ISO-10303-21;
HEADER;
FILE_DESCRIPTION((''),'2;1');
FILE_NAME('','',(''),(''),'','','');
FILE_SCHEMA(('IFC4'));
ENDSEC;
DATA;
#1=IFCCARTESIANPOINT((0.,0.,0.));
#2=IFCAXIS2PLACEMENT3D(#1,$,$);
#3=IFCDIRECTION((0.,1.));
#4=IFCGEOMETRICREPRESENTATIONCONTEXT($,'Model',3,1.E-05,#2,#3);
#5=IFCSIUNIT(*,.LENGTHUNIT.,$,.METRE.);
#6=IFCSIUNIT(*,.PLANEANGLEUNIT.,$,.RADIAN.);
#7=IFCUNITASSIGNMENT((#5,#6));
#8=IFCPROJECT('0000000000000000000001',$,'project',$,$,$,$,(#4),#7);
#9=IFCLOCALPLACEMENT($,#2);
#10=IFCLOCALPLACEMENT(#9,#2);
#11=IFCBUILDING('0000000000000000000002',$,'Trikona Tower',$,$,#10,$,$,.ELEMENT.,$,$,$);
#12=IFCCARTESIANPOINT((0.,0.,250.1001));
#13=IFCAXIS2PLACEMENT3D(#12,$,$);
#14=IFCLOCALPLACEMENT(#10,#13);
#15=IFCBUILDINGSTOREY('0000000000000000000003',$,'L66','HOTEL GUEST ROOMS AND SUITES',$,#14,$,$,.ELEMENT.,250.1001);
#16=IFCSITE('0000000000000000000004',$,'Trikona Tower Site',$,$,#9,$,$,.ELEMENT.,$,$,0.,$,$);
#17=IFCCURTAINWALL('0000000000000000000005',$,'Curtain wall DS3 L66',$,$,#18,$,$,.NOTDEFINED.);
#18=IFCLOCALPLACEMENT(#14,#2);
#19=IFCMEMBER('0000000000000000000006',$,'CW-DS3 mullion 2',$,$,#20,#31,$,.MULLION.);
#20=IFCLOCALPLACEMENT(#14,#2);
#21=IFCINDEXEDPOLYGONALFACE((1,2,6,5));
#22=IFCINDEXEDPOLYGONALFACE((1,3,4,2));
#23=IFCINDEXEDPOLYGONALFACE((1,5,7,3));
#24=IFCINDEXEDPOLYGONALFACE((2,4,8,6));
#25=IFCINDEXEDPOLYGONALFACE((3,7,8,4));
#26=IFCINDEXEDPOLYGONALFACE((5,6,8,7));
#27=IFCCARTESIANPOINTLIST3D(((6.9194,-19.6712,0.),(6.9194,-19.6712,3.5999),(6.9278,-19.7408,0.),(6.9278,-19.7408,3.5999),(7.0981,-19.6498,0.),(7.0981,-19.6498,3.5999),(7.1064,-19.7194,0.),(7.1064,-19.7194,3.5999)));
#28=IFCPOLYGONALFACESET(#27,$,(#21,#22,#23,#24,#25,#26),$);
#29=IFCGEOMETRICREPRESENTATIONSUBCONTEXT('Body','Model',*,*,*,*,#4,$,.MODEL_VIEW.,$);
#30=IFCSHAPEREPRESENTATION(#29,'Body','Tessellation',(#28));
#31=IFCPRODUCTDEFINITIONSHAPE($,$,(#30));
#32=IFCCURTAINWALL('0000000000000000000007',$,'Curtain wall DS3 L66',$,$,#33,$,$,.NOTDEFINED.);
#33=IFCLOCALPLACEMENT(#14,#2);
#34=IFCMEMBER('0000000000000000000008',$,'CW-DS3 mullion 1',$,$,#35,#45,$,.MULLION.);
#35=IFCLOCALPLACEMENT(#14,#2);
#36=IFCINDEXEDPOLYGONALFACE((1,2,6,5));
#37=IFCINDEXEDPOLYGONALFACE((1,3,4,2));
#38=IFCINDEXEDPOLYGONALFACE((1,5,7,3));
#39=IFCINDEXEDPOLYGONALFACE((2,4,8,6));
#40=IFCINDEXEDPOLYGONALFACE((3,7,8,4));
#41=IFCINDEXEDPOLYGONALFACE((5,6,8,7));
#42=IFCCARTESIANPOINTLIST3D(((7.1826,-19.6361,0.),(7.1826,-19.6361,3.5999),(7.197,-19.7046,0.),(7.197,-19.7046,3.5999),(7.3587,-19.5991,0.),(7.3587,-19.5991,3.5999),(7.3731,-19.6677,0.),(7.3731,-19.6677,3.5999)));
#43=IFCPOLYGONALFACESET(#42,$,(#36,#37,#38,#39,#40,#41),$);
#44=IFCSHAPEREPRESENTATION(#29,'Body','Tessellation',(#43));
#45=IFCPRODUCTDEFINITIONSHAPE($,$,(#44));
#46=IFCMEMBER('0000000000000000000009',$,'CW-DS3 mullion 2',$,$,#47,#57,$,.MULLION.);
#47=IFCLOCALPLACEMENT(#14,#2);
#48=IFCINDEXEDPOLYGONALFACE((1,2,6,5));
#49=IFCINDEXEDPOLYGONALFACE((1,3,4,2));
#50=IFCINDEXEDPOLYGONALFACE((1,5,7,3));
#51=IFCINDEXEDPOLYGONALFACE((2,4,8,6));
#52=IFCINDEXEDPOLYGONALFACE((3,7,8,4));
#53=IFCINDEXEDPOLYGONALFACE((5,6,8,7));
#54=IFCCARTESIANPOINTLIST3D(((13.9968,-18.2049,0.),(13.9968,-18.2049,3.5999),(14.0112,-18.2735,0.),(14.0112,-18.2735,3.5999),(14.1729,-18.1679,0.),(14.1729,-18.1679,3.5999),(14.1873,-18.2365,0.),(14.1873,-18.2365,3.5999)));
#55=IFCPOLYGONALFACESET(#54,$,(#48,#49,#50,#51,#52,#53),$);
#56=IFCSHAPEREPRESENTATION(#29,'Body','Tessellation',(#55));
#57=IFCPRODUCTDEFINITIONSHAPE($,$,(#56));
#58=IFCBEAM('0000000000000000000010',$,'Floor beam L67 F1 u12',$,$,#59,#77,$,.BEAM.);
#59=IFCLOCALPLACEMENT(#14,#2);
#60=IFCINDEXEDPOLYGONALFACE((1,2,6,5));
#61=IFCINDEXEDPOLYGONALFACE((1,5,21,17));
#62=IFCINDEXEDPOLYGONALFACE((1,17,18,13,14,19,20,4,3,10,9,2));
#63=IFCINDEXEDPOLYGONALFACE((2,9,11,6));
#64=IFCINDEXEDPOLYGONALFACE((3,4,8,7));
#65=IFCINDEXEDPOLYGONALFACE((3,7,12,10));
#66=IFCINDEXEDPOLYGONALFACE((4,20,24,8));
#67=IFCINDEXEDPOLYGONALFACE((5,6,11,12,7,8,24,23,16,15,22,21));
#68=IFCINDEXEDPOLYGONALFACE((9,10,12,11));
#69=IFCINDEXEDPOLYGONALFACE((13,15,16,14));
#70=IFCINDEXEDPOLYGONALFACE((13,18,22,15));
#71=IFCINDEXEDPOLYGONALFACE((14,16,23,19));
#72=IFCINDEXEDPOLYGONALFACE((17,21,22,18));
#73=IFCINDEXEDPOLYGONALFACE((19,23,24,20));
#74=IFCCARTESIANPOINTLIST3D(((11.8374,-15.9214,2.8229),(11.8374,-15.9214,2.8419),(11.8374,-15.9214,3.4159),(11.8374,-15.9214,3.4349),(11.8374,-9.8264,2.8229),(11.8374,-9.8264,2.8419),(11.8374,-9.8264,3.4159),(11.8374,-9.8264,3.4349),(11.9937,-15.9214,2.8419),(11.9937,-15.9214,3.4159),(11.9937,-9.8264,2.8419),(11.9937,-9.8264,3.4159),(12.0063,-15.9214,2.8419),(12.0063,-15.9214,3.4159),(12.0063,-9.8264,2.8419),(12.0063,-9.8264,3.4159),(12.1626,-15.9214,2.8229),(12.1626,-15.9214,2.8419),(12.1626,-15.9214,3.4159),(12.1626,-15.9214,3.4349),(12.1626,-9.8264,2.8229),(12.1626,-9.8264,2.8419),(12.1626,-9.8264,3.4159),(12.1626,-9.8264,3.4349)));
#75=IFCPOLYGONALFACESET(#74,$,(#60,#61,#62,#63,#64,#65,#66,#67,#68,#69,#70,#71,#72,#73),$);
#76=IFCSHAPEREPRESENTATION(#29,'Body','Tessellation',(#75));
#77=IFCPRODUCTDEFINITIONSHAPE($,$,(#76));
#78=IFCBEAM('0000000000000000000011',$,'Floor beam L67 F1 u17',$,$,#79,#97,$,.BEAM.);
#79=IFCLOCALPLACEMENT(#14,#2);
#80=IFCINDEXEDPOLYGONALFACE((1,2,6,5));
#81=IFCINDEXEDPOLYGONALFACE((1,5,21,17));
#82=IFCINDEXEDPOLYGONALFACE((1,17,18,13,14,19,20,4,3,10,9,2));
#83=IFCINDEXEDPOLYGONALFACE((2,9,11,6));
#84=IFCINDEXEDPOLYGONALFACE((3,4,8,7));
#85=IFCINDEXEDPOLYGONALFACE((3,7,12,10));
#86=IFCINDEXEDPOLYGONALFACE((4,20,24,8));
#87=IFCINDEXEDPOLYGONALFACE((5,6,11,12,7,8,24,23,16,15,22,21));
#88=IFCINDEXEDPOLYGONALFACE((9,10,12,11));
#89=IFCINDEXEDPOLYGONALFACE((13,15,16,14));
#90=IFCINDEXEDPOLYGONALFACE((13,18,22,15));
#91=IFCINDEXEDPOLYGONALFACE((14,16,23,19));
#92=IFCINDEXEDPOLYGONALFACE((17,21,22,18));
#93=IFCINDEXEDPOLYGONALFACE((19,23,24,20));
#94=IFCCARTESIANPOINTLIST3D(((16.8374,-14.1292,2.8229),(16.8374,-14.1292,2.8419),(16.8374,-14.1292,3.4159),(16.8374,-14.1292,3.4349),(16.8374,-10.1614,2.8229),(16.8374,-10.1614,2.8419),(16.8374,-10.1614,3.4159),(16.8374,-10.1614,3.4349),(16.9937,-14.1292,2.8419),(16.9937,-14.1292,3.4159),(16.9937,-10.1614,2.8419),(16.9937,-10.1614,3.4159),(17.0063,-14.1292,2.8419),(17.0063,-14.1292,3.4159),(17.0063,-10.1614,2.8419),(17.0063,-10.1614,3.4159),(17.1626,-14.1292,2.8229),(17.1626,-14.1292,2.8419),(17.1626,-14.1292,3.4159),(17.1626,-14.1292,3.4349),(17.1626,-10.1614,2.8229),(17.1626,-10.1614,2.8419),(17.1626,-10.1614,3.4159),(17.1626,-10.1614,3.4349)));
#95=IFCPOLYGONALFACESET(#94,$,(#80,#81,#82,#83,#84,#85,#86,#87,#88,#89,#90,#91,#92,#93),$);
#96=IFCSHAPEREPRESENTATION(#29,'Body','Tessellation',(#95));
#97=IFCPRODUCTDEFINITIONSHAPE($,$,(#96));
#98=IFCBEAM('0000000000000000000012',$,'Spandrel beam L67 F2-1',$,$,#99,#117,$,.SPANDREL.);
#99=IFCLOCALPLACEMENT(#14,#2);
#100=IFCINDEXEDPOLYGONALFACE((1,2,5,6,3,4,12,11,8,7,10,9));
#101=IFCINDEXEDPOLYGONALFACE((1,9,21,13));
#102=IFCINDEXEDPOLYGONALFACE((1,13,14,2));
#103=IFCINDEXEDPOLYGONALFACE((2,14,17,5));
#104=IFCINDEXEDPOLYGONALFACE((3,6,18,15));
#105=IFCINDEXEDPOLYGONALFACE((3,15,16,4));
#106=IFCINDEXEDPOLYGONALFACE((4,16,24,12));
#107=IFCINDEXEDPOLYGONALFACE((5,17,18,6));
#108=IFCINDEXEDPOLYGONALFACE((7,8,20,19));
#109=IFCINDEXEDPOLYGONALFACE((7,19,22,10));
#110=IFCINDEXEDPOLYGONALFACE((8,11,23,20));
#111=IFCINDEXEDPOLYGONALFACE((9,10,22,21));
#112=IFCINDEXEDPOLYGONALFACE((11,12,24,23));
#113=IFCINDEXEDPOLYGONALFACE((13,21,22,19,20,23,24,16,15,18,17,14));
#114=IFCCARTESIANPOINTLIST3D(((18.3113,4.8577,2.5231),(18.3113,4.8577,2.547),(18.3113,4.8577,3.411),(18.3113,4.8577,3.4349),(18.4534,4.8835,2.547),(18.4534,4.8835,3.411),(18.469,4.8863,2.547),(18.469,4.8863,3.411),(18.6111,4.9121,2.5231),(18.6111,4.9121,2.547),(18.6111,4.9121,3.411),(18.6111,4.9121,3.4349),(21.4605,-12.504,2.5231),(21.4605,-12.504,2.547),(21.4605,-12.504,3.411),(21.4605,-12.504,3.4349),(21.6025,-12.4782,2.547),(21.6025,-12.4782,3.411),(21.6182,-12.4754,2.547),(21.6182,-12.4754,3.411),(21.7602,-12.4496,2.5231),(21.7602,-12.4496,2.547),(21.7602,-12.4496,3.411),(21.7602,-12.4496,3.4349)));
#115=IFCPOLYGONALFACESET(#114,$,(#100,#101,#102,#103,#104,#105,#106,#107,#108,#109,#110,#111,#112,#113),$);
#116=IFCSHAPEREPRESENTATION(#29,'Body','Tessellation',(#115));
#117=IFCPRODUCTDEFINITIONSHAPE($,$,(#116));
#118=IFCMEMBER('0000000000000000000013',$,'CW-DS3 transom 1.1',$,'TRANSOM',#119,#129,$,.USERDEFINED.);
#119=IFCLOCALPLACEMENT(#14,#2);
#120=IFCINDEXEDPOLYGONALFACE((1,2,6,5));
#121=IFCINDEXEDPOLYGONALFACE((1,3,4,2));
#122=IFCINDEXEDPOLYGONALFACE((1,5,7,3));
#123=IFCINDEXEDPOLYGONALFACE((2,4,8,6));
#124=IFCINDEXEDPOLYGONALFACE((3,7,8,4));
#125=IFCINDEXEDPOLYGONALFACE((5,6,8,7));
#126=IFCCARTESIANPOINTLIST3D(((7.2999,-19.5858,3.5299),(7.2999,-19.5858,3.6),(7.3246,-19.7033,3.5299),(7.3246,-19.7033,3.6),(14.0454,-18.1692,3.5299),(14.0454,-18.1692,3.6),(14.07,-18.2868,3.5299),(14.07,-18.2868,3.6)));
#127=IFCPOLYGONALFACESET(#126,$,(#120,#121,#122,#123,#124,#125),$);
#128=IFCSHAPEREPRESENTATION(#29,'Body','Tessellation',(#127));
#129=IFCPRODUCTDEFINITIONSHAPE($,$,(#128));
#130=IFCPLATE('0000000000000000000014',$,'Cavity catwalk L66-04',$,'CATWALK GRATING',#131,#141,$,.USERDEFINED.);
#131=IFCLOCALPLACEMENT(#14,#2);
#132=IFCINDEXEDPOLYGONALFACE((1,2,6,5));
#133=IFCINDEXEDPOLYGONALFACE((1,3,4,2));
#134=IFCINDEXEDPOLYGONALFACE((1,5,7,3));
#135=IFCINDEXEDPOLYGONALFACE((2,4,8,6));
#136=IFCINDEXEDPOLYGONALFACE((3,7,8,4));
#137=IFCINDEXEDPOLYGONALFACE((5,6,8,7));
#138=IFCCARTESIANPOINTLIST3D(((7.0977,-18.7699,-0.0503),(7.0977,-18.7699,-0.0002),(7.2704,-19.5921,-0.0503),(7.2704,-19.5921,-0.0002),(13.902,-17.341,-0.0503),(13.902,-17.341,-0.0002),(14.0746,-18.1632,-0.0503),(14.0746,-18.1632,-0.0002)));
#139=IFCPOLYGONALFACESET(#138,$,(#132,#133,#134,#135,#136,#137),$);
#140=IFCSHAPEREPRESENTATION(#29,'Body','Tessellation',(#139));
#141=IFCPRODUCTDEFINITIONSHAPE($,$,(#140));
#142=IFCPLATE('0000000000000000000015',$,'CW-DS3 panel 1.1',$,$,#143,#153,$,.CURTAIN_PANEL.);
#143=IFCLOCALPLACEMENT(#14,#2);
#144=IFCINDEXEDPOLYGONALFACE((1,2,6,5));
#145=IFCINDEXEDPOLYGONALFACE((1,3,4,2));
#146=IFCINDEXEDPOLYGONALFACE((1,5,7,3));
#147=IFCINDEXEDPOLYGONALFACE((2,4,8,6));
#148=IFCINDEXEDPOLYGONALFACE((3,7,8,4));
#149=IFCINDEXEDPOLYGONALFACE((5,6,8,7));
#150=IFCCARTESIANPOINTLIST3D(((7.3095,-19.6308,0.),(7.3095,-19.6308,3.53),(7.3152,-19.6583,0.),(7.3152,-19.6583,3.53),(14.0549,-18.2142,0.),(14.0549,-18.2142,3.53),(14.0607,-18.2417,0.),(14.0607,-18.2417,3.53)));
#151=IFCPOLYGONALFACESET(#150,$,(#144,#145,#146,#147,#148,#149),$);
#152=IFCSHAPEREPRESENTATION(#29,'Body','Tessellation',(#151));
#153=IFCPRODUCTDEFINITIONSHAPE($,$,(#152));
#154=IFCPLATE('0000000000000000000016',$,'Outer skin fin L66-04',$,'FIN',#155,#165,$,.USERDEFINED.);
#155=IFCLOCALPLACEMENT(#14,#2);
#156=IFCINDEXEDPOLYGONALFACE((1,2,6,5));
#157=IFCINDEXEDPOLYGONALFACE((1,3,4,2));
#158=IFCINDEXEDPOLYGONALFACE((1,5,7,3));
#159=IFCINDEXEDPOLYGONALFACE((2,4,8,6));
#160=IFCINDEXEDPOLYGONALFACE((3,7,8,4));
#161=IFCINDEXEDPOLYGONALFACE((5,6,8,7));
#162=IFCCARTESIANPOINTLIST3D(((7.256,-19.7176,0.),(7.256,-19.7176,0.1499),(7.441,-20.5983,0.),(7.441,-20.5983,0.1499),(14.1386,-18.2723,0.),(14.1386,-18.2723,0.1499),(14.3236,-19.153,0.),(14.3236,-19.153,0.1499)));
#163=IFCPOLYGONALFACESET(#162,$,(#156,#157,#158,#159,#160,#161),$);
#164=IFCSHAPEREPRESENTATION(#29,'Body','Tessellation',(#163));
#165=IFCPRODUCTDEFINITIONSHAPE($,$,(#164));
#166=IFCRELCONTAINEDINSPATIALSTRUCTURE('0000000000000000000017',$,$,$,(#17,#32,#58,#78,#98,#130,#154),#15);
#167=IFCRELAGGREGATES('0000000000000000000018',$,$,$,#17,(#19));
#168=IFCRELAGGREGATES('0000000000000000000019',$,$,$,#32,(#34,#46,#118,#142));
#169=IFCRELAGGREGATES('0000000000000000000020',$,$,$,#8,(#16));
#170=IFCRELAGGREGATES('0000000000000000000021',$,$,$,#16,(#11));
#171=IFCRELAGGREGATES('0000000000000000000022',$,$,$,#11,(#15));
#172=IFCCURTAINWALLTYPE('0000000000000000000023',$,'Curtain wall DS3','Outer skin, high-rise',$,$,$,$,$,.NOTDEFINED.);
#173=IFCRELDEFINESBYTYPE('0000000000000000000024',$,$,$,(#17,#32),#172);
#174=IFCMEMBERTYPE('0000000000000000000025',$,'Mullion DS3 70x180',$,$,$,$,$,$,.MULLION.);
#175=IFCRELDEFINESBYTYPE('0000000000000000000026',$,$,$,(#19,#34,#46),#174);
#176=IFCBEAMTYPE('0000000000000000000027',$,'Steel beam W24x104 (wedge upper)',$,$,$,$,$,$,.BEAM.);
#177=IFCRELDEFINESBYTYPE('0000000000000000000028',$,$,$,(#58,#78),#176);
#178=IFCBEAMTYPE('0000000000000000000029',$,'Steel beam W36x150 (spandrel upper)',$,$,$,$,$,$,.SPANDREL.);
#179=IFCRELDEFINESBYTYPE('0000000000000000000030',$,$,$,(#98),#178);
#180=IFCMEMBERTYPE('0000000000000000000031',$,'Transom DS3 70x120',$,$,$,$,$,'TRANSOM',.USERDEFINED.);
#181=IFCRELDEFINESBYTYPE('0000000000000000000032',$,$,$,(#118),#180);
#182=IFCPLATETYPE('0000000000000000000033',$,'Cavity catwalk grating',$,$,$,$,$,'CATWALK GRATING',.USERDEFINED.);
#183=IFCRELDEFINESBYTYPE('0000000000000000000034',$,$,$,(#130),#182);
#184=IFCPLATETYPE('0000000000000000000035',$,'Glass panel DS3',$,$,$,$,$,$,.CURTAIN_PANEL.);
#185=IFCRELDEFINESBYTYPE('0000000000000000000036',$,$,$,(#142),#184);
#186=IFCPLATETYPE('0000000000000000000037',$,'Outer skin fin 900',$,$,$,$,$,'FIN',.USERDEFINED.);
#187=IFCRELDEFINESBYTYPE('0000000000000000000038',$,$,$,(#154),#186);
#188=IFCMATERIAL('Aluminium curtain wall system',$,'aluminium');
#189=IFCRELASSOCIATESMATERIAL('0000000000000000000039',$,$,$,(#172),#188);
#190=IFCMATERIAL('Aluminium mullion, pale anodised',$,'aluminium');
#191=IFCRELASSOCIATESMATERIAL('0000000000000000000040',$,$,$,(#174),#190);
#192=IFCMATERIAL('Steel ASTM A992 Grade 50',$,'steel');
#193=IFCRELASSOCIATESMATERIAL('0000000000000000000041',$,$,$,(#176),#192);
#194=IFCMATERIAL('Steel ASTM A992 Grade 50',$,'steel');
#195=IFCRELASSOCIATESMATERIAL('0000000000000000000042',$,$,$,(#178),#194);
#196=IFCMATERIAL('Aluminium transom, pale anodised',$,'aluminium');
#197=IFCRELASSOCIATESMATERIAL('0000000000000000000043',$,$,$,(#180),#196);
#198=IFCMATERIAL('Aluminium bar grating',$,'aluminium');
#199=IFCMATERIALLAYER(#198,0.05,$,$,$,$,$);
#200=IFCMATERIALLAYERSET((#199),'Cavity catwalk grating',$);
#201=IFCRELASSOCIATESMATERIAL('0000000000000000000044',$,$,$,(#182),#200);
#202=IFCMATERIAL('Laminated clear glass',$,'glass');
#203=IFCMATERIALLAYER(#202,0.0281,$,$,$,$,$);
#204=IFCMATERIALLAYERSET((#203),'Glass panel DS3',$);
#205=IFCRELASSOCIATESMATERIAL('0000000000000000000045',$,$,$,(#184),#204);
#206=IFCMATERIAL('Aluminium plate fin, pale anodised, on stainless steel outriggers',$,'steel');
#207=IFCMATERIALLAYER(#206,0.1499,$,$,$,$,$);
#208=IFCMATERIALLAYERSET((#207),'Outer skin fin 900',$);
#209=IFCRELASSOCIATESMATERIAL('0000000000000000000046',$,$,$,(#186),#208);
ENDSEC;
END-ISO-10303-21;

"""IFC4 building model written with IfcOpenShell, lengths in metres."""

from ifc_helpers import new_model, si_unit, direction, frame, origin, origin_2d, place, context, subcontext, project, spatial, rectangle, i_section, extrude, material, layer, layer_set, material_profile, profile_set, type_object, element, aggregate, save


model = new_model("IFC4")

# Units and contexts
model_context = context("Model", 3, precision=1e-05, world=origin(), true_north=direction((0.0, 1.0)))
body_context = subcontext(model_context, "Body", "Model", "MODEL_VIEW")
ifc_project = project(units=[si_unit("LENGTHUNIT", "METRE"), si_unit("PLANEANGLEUNIT", "RADIAN")], contexts=[model_context])

# Site, building, storey
site_placement = place(None, origin())
site = spatial("IfcSite", under=ifc_project, at=site_placement, Name="Trikona Tower Site", CompositionType="ELEMENT", RefElevation=0.0)
building_placement = place(site_placement, origin())
building = spatial("IfcBuilding", under=site, at=building_placement, Name="Trikona Tower", CompositionType="ELEMENT")
storey_placement = place(building_placement, frame((0.0, 0.0, 250.1001)))
storey = spatial("IfcBuildingStorey", under=building, at=storey_placement, Name="L66", Description="HOTEL GUEST ROOMS AND SUITES", CompositionType="ELEMENT", Elevation=250.1001)

# Curtain wall, member
ifc_material_1 = material(Name="Aluminium curtain wall system", Category="aluminium")
curtain_wall_type = type_object("IfcCurtainWallType", Name="Curtain wall DS3", Description="Outer skin, high-rise", PredefinedType="NOTDEFINED", material=ifc_material_1)
curtain_wall_1_placement = place(storey_placement, origin())
curtain_wall_1 = element("IfcCurtainWall", 1, at=curtain_wall_1_placement, inside=storey, type_object=curtain_wall_type, Name="Curtain wall DS3 L66", PredefinedType="NOTDEFINED")
ifc_material_2 = material(Name="Aluminium mullion, pale anodised", Category="aluminium")
ifc_material_profile_1 = material_profile(ifc_material_2, rectangle(XDim=0.0701, YDim=0.1799, at=origin_2d()), Name="MUL-DS3")
ifc_profile_set_1 = profile_set([ifc_material_profile_1], Name="Aluminium mullion, pale anodised")
member_type_1 = type_object("IfcMemberType", Name="Mullion DS3 70x180", PredefinedType="MULLION", material=ifc_profile_set_1)
member_1_placement = place(storey_placement, frame((7.0129, -19.6953, 0.0), z_axis=(0.0, 0.0, 1.0), x_axis=(-0.119141, 0.992877, 0.0)))
member_1 = element("IfcMember", 2, at=member_1_placement, type_object=member_type_1, Name="CW-DS3 mullion 2", PredefinedType="MULLION", context=body_context, shape_type="SweptSolid", body=[
    extrude(rectangle(XDim=0.0701, YDim=0.1799, at=origin_2d()), origin(), (0.0, 0.0, 1.0), 3.5999),
])
aggregate(curtain_wall_1, [member_1])

# Curtain wall, members
curtain_wall_2_placement = place(storey_placement, origin())
curtain_wall_2 = element("IfcCurtainWall", 3, at=curtain_wall_2_placement, inside=storey, type_object=curtain_wall_type, Name="Curtain wall DS3 L66", PredefinedType="NOTDEFINED")
member_2_placement = place(storey_placement, frame((7.2778, -19.6519, 0.0), z_axis=(0.0, 0.0, 1.0), x_axis=(-0.205527, 0.978651, 0.0)))
member_2 = element("IfcMember", 4, at=member_2_placement, type_object=member_type_1, Name="CW-DS3 mullion 1", PredefinedType="MULLION", context=body_context, shape_type="SweptSolid", body=[
    extrude(rectangle(XDim=0.0701, YDim=0.1799, at=origin_2d()), origin(), (0.0, 0.0, 1.0), 3.5999),
])
member_3_placement = place(storey_placement, frame((14.092, -18.2207, 0.0), z_axis=(0.0, 0.0, 1.0), x_axis=(-0.205527, 0.978651, 0.0)))
member_3 = element("IfcMember", 5, at=member_3_placement, type_object=member_type_1, Name="CW-DS3 mullion 2", PredefinedType="MULLION", context=body_context, shape_type="SweptSolid", body=[
    extrude(rectangle(XDim=0.0701, YDim=0.1799, at=origin_2d()), origin(), (0.0, 0.0, 1.0), 3.5999),
])

# Beams
ifc_material_3 = material(Name="Steel ASTM A992 Grade 50", Category="steel")
ifc_material_profile_2 = material_profile(ifc_material_3, i_section(OverallWidth=0.3252, OverallDepth=0.6121, WebThickness=0.0127, FlangeThickness=0.019, at=origin_2d()), Name="W24X104")
ifc_profile_set_2 = profile_set([ifc_material_profile_2], Name="Steel ASTM A992 Grade 50")
beam_type_1 = type_object("IfcBeamType", Name="Steel beam W24x104 (wedge upper)", PredefinedType="BEAM", material=ifc_profile_set_2)
beam_1_placement = place(storey_placement, frame((12.0, -9.8264, 3.1289), z_axis=(0.0, -1.0, 0.0), x_axis=(1.0, 0.0, 0.0)))
element("IfcBeam", 6, at=beam_1_placement, inside=storey, type_object=beam_type_1, Name="Floor beam L67 F1 u12", PredefinedType="BEAM", context=body_context, shape_type="SweptSolid", body=[
    extrude(i_section(OverallWidth=0.3252, OverallDepth=0.6121, WebThickness=0.0127, FlangeThickness=0.019, at=origin_2d()), origin(), (0.0, 0.0, 1.0), 6.095),
])
beam_2_placement = place(storey_placement, frame((17.0, -10.1614, 3.1289), z_axis=(0.0, -1.0, 0.0), x_axis=(1.0, 0.0, 0.0)))
element("IfcBeam", 7, at=beam_2_placement, inside=storey, type_object=beam_type_1, Name="Floor beam L67 F1 u17", PredefinedType="BEAM", context=body_context, shape_type="SweptSolid", body=[
    extrude(i_section(OverallWidth=0.3252, OverallDepth=0.6121, WebThickness=0.0127, FlangeThickness=0.019, at=origin_2d()), origin(), (0.0, 0.0, 1.0), 3.9678),
])
ifc_material_4 = material(Name="Steel ASTM A992 Grade 50", Category="steel")
ifc_material_profile_3 = material_profile(ifc_material_4, i_section(OverallWidth=0.3047, OverallDepth=0.9119, WebThickness=0.0159, FlangeThickness=0.0239, at=origin_2d()), Name="W36X150")
ifc_profile_set_3 = profile_set([ifc_material_profile_3], Name="Steel ASTM A992 Grade 50")
beam_type_2 = type_object("IfcBeamType", Name="Steel beam W36x150 (spandrel upper)", PredefinedType="SPANDREL", material=ifc_profile_set_3)
beam_3_placement = place(storey_placement, frame((21.6104, -12.4768, 2.979), z_axis=(-0.178473, 0.983945, 0.0), x_axis=(-0.983945, -0.178473, 0.0)))
element("IfcBeam", 8, at=beam_3_placement, inside=storey, type_object=beam_type_2, Name="Spandrel beam L67 F2-1", PredefinedType="SPANDREL", context=body_context, shape_type="SweptSolid", body=[
    extrude(i_section(OverallWidth=0.3047, OverallDepth=0.9119, WebThickness=0.0159, FlangeThickness=0.0239, at=origin_2d()), origin(), (0.0, 0.0, 1.0), 17.645),
])

# Member
ifc_material_5 = material(Name="Aluminium transom, pale anodised", Category="aluminium")
ifc_material_profile_4 = material_profile(ifc_material_5, rectangle(XDim=0.1201, YDim=0.0701, at=origin_2d()), Name="TRN-DS3")
ifc_profile_set_4 = profile_set([ifc_material_profile_4], Name="Aluminium transom, pale anodised")
member_type_2 = type_object("IfcMemberType", Name="Transom DS3 70x120", ElementType="TRANSOM", PredefinedType="USERDEFINED", material=ifc_profile_set_4)
member_4_placement = place(storey_placement, frame((7.3123, -19.6445, 3.5649), z_axis=(0.978654, 0.205514, 0.0), x_axis=(-0.205514, 0.978654, 0.0)))
member_4 = element("IfcMember", 9, at=member_4_placement, type_object=member_type_2, Name="CW-DS3 transom 1.1", ObjectType="TRANSOM", PredefinedType="USERDEFINED", context=body_context, shape_type="SweptSolid", body=[
    extrude(rectangle(XDim=0.1201, YDim=0.0701, at=origin_2d()), origin(), (0.0, 0.0, 1.0), 6.8926),
])

# Plates
ifc_material_6 = material(Name="Aluminium bar grating", Category="aluminium")
ifc_layer_1 = layer(ifc_material_6, 0.05)
ifc_layer_set_1 = layer_set([ifc_layer_1], Name="Cavity catwalk grating")
plate_type_1 = type_object("IfcPlateType", Name="Cavity catwalk grating", ElementType="CATWALK GRATING", PredefinedType="USERDEFINED", material=ifc_layer_set_1)
plate_1_placement = place(storey_placement, frame((10.5862, -18.4666, -0.0503), z_axis=(0.0, 0.0, 1.0), x_axis=(0.978653, 0.205518, 0.0)))
element("IfcPlate", 10, at=plate_1_placement, inside=storey, type_object=plate_type_1, Name="Cavity catwalk L66-04", ObjectType="CATWALK GRATING", PredefinedType="USERDEFINED", context=body_context, shape_type="SweptSolid", body=[
    extrude(rectangle(XDim=6.9526, YDim=0.8401, at=origin_2d()), origin(), (0.0, 0.0, 1.0), 0.05),
])
ifc_material_7 = material(Name="Laminated clear glass", Category="glass")
ifc_layer_2 = layer(ifc_material_7, 0.0281)
ifc_layer_set_2 = layer_set([ifc_layer_2], Name="Glass panel DS3")
plate_type_2 = type_object("IfcPlateType", Name="Glass panel DS3", PredefinedType="CURTAIN_PANEL", material=ifc_layer_set_2)
plate_2_placement = place(storey_placement, frame((10.6851, -18.9363, 0.0), z_axis=(0.0, 0.0, 1.0), x_axis=(0.978651, 0.205527, 0.0)))
plate_2 = element("IfcPlate", 11, at=plate_2_placement, type_object=plate_type_2, Name="CW-DS3 panel 1.1", PredefinedType="CURTAIN_PANEL", context=body_context, shape_type="SweptSolid", body=[
    extrude(rectangle(XDim=6.8926, YDim=0.0281, at=origin_2d()), origin(), (0.0, 0.0, 1.0), 3.53),
])
aggregate(curtain_wall_2, [member_2, member_3, member_4, plate_2])
ifc_material_8 = material(Name="Aluminium plate fin, pale anodised, on stainless steel outriggers", Category="steel")
ifc_layer_3 = layer(ifc_material_8, 0.1499)
ifc_layer_set_3 = layer_set([ifc_layer_3], Name="Outer skin fin 900")
plate_type_3 = type_object("IfcPlateType", Name="Outer skin fin 900", ElementType="FIN", PredefinedType="USERDEFINED", material=ifc_layer_set_3)
plate_3_placement = place(storey_placement, frame((10.7898, -19.4353, 0.0), z_axis=(0.0, 0.0, 1.0), x_axis=(0.978653, 0.205518, 0.0)))
element("IfcPlate", 12, at=plate_3_placement, inside=storey, type_object=plate_type_3, Name="Outer skin fin L66-04", ObjectType="FIN", PredefinedType="USERDEFINED", context=body_context, shape_type="SweptSolid", body=[
    extrude(rectangle(XDim=7.0327, YDim=0.8999, at=origin_2d()), origin(), (0.0, 0.0, 1.0), 0.1499),
])

save(model, "model.ifc")
